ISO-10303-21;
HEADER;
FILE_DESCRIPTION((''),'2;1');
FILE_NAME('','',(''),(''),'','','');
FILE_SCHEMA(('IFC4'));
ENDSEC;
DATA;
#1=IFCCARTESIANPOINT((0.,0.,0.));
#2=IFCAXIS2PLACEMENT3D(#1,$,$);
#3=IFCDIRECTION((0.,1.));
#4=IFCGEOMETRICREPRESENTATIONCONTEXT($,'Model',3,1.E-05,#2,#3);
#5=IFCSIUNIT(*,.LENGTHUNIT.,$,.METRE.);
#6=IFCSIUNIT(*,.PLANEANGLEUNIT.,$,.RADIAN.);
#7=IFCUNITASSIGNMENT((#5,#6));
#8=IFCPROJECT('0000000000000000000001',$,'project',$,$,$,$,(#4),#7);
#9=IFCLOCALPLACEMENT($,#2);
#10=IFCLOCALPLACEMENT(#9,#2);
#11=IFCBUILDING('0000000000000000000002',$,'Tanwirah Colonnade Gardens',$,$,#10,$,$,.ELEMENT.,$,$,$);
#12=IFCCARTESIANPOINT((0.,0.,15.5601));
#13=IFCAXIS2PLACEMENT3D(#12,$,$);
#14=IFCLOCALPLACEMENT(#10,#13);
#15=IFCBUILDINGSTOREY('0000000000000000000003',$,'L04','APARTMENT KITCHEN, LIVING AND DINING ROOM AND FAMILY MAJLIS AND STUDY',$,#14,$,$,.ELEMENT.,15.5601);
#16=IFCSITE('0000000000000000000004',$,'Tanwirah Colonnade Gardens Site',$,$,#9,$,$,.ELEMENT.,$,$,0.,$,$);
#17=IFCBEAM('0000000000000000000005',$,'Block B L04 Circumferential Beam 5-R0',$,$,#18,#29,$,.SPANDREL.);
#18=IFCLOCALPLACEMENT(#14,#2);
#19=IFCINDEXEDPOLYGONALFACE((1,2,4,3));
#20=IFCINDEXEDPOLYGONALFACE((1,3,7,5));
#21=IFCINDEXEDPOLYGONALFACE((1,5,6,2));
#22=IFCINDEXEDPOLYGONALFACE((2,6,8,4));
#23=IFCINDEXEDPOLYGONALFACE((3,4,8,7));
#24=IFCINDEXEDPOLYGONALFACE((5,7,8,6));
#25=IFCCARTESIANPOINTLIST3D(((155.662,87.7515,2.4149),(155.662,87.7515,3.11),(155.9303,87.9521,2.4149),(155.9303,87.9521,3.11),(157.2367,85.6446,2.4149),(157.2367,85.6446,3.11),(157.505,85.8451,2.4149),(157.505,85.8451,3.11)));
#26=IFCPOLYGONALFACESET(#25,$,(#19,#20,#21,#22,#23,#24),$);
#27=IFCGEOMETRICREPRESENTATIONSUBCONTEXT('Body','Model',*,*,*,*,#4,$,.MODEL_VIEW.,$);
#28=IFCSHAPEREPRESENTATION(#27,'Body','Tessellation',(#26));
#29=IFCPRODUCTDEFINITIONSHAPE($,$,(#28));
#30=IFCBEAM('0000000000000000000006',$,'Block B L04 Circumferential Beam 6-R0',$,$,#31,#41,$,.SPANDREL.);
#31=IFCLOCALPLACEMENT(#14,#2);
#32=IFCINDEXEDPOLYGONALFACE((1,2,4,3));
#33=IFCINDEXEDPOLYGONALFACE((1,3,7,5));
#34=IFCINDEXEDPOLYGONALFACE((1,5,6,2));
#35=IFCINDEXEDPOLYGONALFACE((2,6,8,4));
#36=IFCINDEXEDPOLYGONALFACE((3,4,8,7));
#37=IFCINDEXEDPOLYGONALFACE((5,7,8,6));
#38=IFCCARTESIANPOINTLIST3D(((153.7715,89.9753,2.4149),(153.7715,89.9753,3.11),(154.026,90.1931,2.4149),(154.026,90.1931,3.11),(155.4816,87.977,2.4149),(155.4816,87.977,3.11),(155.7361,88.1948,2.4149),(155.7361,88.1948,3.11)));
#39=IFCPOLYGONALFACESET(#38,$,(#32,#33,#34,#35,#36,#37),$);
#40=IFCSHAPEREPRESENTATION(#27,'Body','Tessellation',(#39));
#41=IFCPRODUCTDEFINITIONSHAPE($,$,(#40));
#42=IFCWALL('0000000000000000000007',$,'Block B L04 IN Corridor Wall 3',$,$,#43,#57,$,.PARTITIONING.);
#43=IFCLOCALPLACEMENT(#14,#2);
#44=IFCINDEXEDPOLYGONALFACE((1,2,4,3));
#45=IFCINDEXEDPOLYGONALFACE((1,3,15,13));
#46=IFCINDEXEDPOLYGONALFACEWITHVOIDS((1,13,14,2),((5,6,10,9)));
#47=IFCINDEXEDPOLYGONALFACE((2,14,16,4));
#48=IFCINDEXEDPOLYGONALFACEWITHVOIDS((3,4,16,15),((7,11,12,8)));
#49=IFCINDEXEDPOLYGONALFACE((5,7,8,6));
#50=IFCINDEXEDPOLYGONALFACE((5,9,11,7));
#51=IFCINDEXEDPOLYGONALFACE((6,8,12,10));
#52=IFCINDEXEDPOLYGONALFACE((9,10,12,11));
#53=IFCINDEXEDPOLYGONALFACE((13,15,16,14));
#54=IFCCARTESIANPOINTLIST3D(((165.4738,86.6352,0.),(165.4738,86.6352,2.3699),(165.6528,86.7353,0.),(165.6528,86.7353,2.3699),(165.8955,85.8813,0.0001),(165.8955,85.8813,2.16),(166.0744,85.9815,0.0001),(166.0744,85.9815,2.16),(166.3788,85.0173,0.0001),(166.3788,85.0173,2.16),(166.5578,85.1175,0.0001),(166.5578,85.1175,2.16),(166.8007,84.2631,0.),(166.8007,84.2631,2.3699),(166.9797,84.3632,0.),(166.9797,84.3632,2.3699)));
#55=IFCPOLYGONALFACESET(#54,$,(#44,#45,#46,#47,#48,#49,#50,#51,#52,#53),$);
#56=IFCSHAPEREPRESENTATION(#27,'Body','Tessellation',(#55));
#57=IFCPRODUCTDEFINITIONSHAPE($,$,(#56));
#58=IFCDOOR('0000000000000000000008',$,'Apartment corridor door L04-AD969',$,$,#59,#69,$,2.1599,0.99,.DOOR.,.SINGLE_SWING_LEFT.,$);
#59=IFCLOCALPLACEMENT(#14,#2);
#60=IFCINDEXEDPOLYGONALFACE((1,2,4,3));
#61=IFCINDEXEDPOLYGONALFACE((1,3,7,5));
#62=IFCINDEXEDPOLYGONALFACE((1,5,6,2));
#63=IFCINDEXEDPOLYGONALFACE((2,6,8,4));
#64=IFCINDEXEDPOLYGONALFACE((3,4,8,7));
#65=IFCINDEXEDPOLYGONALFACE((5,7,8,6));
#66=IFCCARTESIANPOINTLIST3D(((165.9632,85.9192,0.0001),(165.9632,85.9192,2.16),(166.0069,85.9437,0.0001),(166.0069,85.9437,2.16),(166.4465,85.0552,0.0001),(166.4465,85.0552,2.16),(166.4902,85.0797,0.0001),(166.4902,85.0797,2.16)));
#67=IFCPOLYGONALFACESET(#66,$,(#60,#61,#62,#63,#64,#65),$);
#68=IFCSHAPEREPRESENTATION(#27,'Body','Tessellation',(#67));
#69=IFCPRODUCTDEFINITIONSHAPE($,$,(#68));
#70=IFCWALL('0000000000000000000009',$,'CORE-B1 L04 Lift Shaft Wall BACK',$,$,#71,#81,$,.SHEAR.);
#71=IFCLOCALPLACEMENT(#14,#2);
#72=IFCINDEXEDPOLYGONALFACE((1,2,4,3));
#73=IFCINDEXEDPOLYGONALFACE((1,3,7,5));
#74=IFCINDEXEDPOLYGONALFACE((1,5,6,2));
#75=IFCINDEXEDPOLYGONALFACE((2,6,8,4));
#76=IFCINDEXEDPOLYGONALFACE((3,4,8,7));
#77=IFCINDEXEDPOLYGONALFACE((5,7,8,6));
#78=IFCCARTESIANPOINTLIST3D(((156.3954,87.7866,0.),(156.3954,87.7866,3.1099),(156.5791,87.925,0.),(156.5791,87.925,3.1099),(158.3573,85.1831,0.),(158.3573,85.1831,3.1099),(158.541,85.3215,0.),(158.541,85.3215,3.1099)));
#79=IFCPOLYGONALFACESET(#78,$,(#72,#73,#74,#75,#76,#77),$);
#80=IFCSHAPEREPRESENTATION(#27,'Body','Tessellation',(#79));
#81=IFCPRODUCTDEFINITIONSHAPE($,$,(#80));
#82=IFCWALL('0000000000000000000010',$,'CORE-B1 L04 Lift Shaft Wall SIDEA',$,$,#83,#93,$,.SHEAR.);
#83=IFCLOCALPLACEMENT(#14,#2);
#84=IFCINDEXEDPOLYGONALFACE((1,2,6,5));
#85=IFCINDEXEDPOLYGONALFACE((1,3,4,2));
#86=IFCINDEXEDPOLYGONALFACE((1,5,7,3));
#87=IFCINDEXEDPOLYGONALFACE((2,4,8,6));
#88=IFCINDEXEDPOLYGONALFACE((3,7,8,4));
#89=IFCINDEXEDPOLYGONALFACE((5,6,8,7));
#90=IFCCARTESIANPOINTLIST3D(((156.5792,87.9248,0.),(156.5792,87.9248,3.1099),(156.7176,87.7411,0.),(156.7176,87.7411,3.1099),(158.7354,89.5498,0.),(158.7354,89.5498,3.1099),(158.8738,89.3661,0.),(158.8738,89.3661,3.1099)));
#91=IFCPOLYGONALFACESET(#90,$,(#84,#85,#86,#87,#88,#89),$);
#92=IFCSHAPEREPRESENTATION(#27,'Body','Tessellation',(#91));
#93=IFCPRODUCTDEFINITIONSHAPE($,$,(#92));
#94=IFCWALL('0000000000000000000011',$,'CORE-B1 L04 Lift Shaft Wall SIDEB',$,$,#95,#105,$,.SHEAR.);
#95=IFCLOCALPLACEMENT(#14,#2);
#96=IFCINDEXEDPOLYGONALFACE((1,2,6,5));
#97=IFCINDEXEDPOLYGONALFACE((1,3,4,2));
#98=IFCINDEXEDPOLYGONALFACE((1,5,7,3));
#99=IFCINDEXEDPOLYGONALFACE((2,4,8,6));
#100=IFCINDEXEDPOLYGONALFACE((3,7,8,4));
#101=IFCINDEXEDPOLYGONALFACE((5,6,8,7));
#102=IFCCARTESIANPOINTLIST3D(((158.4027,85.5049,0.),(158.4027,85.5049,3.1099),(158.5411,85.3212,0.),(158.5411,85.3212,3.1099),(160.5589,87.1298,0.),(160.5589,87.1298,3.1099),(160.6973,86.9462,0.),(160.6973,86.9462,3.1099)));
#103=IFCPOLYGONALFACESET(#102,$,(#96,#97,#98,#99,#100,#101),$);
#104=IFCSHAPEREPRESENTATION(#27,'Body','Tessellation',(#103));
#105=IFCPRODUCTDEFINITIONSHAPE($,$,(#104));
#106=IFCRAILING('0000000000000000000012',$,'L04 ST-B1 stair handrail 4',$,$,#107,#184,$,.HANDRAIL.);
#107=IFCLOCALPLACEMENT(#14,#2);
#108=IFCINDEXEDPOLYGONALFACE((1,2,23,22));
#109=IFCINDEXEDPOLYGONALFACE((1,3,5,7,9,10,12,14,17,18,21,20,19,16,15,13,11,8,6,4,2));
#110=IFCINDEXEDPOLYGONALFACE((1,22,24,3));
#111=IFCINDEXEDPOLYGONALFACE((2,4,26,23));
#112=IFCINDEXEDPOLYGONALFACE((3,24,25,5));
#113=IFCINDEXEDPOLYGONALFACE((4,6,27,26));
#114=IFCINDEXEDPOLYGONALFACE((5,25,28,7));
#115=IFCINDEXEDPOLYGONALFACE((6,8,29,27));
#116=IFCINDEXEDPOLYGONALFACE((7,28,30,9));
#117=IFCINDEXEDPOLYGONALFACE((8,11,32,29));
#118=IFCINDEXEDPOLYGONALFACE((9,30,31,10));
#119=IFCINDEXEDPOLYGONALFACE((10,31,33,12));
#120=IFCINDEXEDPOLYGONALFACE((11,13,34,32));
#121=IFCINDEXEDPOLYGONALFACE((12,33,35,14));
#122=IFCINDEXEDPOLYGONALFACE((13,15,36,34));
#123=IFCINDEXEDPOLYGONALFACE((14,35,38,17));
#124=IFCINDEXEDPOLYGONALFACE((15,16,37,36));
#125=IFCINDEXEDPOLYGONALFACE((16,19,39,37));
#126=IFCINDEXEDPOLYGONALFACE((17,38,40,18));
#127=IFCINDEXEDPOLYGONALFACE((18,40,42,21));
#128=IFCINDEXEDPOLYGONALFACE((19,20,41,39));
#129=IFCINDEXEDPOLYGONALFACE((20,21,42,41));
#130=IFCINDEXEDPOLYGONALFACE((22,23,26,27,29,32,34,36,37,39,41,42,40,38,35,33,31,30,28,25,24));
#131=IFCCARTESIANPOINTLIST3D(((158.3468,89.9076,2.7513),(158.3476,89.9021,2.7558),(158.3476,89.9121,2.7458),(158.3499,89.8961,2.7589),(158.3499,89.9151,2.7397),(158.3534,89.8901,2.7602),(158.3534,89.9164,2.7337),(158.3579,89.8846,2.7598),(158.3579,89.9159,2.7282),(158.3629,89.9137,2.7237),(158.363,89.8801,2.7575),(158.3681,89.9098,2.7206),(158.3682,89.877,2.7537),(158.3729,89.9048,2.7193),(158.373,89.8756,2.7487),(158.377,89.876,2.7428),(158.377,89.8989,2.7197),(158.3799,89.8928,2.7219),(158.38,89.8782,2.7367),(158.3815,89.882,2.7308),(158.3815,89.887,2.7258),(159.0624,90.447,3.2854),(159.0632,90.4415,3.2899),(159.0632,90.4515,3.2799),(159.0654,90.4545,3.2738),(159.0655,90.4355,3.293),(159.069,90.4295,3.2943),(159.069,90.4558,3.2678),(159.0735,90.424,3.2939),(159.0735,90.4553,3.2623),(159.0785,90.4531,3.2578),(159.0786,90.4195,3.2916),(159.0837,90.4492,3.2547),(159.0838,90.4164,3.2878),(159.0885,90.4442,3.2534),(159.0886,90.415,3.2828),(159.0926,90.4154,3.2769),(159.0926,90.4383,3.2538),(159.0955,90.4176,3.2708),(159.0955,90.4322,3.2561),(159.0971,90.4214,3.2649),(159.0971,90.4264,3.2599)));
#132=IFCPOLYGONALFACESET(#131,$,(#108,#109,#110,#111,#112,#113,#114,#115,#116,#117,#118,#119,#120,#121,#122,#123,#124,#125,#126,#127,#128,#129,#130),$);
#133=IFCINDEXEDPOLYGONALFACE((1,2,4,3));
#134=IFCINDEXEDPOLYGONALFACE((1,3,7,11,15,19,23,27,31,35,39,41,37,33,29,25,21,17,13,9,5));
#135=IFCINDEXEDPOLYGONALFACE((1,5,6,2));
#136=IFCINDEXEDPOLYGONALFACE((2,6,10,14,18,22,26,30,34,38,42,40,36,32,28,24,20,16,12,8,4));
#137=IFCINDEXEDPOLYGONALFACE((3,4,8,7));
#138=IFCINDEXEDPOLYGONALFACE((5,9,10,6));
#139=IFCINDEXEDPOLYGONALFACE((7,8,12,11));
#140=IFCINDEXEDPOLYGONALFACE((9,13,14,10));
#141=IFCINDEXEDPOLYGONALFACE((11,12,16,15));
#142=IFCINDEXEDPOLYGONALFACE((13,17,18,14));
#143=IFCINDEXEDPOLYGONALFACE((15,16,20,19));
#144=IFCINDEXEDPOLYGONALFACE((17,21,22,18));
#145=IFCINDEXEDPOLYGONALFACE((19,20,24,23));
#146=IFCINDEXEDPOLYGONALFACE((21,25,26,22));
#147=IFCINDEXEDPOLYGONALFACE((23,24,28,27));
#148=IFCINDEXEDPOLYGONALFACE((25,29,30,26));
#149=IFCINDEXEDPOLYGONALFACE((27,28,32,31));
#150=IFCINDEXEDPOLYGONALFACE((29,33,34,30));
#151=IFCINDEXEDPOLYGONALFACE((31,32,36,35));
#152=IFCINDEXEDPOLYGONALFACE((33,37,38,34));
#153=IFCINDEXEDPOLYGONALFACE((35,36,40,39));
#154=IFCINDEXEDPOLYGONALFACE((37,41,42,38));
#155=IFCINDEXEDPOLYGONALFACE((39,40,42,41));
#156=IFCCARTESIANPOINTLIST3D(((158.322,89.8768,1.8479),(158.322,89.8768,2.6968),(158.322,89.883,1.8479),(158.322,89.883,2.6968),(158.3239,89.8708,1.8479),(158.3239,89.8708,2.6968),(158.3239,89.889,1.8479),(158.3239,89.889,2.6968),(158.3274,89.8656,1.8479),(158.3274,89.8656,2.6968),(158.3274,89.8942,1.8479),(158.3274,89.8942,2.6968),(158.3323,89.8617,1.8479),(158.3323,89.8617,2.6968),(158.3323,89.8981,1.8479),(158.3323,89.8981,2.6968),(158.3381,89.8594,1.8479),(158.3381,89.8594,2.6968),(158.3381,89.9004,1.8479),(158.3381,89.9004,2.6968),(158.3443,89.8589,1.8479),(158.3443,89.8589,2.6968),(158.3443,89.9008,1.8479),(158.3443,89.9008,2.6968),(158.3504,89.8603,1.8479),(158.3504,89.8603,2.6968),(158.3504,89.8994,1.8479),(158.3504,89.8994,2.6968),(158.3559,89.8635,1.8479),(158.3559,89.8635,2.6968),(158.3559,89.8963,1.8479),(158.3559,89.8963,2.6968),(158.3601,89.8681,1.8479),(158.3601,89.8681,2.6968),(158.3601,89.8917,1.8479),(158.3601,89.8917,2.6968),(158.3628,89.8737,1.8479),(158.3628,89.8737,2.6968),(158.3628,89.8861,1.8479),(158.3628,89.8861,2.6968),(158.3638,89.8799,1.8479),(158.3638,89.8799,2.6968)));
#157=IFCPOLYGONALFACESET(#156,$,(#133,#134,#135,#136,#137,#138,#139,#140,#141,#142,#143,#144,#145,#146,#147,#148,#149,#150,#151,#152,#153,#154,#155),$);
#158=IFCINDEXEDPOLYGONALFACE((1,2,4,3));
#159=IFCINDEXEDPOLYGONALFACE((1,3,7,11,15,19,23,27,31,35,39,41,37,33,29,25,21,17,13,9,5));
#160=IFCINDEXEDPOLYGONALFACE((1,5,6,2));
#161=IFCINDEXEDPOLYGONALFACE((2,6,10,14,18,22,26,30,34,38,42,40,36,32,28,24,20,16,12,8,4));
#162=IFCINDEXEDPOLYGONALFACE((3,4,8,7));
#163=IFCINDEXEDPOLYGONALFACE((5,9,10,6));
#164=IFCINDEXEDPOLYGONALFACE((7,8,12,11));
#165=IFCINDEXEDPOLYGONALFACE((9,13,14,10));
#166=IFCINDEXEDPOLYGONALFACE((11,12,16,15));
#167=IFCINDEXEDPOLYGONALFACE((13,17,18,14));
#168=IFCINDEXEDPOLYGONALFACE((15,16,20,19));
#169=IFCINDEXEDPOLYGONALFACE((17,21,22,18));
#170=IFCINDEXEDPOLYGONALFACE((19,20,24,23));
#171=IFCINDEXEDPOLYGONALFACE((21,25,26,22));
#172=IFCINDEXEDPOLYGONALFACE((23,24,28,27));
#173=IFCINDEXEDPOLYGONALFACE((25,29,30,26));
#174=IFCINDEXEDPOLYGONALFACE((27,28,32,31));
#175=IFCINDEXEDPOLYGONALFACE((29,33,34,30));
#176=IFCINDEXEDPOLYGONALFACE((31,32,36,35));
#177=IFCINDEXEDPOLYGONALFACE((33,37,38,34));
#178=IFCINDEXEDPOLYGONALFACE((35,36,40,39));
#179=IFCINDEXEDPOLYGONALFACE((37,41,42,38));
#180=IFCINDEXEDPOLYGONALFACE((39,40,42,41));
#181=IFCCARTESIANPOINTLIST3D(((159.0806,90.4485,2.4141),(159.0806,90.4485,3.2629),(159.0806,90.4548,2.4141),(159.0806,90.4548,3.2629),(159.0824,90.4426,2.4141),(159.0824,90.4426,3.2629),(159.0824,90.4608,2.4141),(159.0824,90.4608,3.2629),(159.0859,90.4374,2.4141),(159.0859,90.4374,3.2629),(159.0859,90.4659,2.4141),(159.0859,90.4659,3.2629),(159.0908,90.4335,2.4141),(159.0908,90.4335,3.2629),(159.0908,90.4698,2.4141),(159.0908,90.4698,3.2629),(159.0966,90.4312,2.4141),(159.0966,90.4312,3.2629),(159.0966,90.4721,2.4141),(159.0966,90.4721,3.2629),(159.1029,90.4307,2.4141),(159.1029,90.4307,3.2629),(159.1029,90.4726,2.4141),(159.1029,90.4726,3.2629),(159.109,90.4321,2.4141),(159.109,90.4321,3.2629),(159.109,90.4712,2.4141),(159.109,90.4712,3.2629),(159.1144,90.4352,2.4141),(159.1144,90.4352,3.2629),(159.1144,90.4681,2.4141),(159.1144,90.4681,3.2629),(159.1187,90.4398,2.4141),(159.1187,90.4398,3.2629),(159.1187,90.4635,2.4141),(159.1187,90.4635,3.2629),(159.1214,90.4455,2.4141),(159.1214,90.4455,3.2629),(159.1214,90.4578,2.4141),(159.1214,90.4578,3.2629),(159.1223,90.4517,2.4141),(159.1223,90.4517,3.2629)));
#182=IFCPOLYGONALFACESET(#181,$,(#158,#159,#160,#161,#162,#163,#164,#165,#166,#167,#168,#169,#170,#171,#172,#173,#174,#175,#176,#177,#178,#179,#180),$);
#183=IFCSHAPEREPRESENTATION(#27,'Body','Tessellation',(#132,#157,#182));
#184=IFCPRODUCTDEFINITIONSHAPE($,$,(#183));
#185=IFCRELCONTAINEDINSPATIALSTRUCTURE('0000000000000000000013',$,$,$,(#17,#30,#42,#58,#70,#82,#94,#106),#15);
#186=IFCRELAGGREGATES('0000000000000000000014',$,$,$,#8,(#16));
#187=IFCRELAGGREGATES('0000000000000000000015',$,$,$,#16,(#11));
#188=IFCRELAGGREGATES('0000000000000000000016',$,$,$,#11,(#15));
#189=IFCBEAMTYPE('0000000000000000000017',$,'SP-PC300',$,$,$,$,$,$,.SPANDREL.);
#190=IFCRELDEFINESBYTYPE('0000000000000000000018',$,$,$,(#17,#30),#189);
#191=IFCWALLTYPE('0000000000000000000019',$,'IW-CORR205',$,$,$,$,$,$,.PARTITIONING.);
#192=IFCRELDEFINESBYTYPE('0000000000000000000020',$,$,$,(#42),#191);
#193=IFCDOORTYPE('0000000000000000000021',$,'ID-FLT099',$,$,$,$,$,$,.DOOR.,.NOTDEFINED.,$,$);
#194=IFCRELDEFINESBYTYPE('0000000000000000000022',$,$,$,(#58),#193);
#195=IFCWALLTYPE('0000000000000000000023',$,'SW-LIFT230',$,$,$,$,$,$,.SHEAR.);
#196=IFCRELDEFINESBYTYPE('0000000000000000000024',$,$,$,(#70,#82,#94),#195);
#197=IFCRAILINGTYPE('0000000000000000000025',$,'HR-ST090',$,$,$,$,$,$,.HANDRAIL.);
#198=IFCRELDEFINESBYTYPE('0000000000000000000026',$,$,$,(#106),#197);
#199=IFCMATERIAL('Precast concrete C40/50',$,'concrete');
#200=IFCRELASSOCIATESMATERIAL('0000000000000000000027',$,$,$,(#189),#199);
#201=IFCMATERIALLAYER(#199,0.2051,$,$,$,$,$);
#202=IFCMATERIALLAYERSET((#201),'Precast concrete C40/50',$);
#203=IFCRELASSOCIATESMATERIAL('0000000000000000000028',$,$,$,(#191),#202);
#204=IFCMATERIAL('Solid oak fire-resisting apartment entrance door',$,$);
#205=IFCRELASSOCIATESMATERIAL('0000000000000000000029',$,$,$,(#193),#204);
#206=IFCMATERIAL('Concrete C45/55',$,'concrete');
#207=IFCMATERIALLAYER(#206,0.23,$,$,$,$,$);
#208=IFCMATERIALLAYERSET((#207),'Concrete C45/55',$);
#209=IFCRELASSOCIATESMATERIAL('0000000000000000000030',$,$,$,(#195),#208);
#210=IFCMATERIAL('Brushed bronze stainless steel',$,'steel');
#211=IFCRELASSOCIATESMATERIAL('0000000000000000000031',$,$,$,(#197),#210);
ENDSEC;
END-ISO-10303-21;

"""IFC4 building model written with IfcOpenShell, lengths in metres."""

from ifc_helpers import new_model, si_unit, direction, frame, frame_2d, origin, origin_2d, place, context, subcontext, project, spatial, rectangle, circle, extrude, material, layer, layer_set, material_profile, profile_set, type_object, element, fill, save


model = new_model("IFC4")

# Units and contexts
model_context = context("Model", 3, precision=1e-05, world=origin(), true_north=direction((0.0, 1.0)))
body_context = subcontext(model_context, "Body", "Model", "MODEL_VIEW")
ifc_project = project(units=[si_unit("LENGTHUNIT", "METRE"), si_unit("PLANEANGLEUNIT", "RADIAN")], contexts=[model_context])

# Site, building, storey
site_placement = place(None, origin())
site = spatial("IfcSite", under=ifc_project, at=site_placement, Name="Tanwirah Colonnade Gardens Site", CompositionType="ELEMENT", RefElevation=0.0)
building_placement = place(site_placement, origin())
building = spatial("IfcBuilding", under=site, at=building_placement, Name="Tanwirah Colonnade Gardens", CompositionType="ELEMENT")
storey_placement = place(building_placement, frame((0.0, 0.0, 15.5601)))
storey = spatial("IfcBuildingStorey", under=building, at=storey_placement, Name="L04", Description="APARTMENT KITCHEN, LIVING AND DINING ROOM AND FAMILY MAJLIS AND STUDY", CompositionType="ELEMENT", Elevation=15.5601)

# Shared definitions
ifc_material_1 = material(Name="Precast concrete C40/50", Category="concrete")

# Beams
ifc_material_profile_1 = material_profile(ifc_material_1, rectangle(XDim=0.335, YDim=0.6951, at=origin_2d()), Name="PC-SP 335x695")
ifc_profile_set_1 = profile_set([ifc_material_profile_1], Name="Precast concrete C40/50")
beam_type_1 = type_object("IfcBeamType", Name="SP-PC300", PredefinedType="SPANDREL", material=ifc_profile_set_1)
beam_1_placement = place(storey_placement, frame((157.3708, 85.7449, 2.7625), z_axis=(-0.598663, 0.801001, 0.0), x_axis=(-0.801001, -0.598663, 0.0)))
element("IfcBeam", 1, at=beam_1_placement, inside=storey, type_object=beam_type_1, Name="Block B L04 Circumferential Beam 5-R0", PredefinedType="SPANDREL", context=body_context, shape_type="SweptSolid", body=[
    extrude(rectangle(XDim=0.335, YDim=0.6951, at=origin_2d()), origin(), (0.0, 0.0, 1.0), 2.6304),
])
beam_2_placement = place(storey_placement, frame((155.6089, 88.0859, 2.7625), z_axis=(-0.650218, 0.759748, 0.0), x_axis=(-0.759748, -0.650218, 0.0)))
element("IfcBeam", 2, at=beam_2_placement, inside=storey, type_object=beam_type_1, Name="Block B L04 Circumferential Beam 6-R0", PredefinedType="SPANDREL", context=body_context, shape_type="SweptSolid", body=[
    extrude(rectangle(XDim=0.335, YDim=0.6951, at=origin_2d()), origin(), (0.0, 0.0, 1.0), 2.6301),
])

# Wall, opening, door
ifc_layer_1 = layer(ifc_material_1, 0.2051)
ifc_layer_set_1 = layer_set([ifc_layer_1], Name="Precast concrete C40/50")
wall_type_1 = type_object("IfcWallType", Name="IW-CORR205", PredefinedType="PARTITIONING", material=ifc_layer_set_1)
wall_1_placement = place(storey_placement, frame((166.8901, 84.3132, 0.0), z_axis=(0.0, 0.0, 1.0), x_axis=(-0.488196, 0.872734, 0.0)))
wall_1 = element("IfcWall", 3, at=wall_1_placement, inside=storey, type_object=wall_type_1, Name="Block B L04 IN Corridor Wall 3", PredefinedType="PARTITIONING", context=body_context, shape_type="SweptSolid", body=[
    extrude(rectangle(XDim=2.718, YDim=0.2051, at=frame_2d((1.3589, 0.0))), origin(), (0.0, 0.0, 1.0), 2.3699),
])
opening_1_placement = place(wall_1_placement, frame((0.864, 0.0, 0.0)))
opening_1 = element("IfcOpeningElement", 4, at=opening_1_placement, cuts=wall_1, PredefinedType="OPENING", context=body_context, shape_type="SweptSolid", body=[
    extrude(rectangle(XDim=0.99, YDim=2.1599, at=frame_2d((0.4951, 1.0801))), frame((0.0, 0.1125, 0.0), z_axis=(0.0, -1.0, 0.0), x_axis=(1.0, 0.0, 0.0)), (0.0, 0.0, 1.0), 0.2251),
])
ifc_material_2 = material(Name="Solid oak fire-resisting apartment entrance door")
door_type_1 = type_object("IfcDoorType", Name="ID-FLT099", OperationType="NOTDEFINED", PredefinedType="DOOR", material=ifc_material_2)
door_1_placement = place(opening_1_placement, origin())
door_1 = element("IfcDoor", 5, at=door_1_placement, inside=storey, type_object=door_type_1, Name="Apartment corridor door L04-AD969", OperationType="SINGLE_SWING_LEFT", OverallHeight=2.1599, OverallWidth=0.99, PredefinedType="DOOR", context=body_context, shape_type="SweptSolid", body=[
    extrude(rectangle(XDim=0.99, YDim=2.1599, at=frame_2d((0.4951, 1.0801))), frame((0.0, 0.0249, 0.0), z_axis=(0.0, -1.0, 0.0), x_axis=(1.0, 0.0, 0.0)), (0.0, 0.0, 1.0), 0.05),
])
fill(opening_1, door_1)
ifc_material_3 = material(Name="Concrete C45/55", Category="concrete")
ifc_layer_2 = layer(ifc_material_3, 0.23)
ifc_layer_set_2 = layer_set([ifc_layer_2], Name="Concrete C45/55")
wall_type_2 = type_object("IfcWallType", Name="SW-LIFT230", PredefinedType="SHEAR", material=ifc_layer_set_2)

# Walls
wall_2_placement = place(storey_placement, frame((156.4873, 87.8557, 0.0), z_axis=(0.0, 0.0, 1.0), x_axis=(0.60182, -0.798632, 0.0)))
element("IfcWall", 6, at=wall_2_placement, inside=storey, type_object=wall_type_2, Name="CORE-B1 L04 Lift Shaft Wall BACK", PredefinedType="SHEAR", context=body_context, shape_type="SweptSolid", body=[
    extrude(rectangle(XDim=3.26, YDim=0.23, at=frame_2d((1.6299, 0.0))), origin(), (0.0, 0.0, 1.0), 3.1099),
])
for number, where, z_axis, x_axis, name in (
    (7, (158.8047, 89.458, 0.0), (0.0, 0.0, 1.0), (-0.798609, -0.60185, 0.0), "CORE-B1 L04 Lift Shaft Wall SIDEA"),
    (8, (160.6282, 87.0381, 0.0), (0.0, 0.0, 1.0), (-0.798609, -0.60185, 0.0), "CORE-B1 L04 Lift Shaft Wall SIDEB"),
):
    element("IfcWall", number, at=place(storey_placement, frame(where, z_axis=z_axis, x_axis=x_axis)), inside=storey, type_object=wall_type_2, Name=name, PredefinedType="SHEAR", context=body_context, shape_type="SweptSolid", body=[
        extrude(rectangle(XDim=2.7, YDim=0.23, at=frame_2d((1.3501, 0.0))), origin(), (0.0, 0.0, 1.0), 3.1099),
    ])

# Railing
ifc_material_4 = material(Name="Brushed bronze stainless steel", Category="steel")
railing_type_1 = type_object("IfcRailingType", Name="HR-ST090", PredefinedType="HANDRAIL", material=ifc_material_4)
railing_1_placement = place(storey_placement, frame((158.3428, 89.8799, 1.8479)))
element("IfcRailing", 9, at=railing_1_placement, inside=storey, type_object=railing_type_1, Name="L04 ST-B1 stair handrail 4", PredefinedType="HANDRAIL", context=body_context, shape_type="SweptSolid", body=[
    extrude(circle(Radius=0.0239, at=origin_2d()), frame((0.0215, 0.0161, 0.8918), z_axis=(0.685951, 0.517057, 0.511979), x_axis=(-0.601931, 0.798548, 0.0)), (0.0, 0.0, 1.0), 1.0432),
    extrude(circle(Radius=0.021, at=origin_2d()), origin(), (0.0, 0.0, 1.0), 0.8489),
    extrude(circle(Radius=0.021, at=origin_2d()), frame((0.7585, 0.5718, 0.5662)), (0.0, 0.0, 1.0), 0.8489),
])

save(model, "model.ifc")
